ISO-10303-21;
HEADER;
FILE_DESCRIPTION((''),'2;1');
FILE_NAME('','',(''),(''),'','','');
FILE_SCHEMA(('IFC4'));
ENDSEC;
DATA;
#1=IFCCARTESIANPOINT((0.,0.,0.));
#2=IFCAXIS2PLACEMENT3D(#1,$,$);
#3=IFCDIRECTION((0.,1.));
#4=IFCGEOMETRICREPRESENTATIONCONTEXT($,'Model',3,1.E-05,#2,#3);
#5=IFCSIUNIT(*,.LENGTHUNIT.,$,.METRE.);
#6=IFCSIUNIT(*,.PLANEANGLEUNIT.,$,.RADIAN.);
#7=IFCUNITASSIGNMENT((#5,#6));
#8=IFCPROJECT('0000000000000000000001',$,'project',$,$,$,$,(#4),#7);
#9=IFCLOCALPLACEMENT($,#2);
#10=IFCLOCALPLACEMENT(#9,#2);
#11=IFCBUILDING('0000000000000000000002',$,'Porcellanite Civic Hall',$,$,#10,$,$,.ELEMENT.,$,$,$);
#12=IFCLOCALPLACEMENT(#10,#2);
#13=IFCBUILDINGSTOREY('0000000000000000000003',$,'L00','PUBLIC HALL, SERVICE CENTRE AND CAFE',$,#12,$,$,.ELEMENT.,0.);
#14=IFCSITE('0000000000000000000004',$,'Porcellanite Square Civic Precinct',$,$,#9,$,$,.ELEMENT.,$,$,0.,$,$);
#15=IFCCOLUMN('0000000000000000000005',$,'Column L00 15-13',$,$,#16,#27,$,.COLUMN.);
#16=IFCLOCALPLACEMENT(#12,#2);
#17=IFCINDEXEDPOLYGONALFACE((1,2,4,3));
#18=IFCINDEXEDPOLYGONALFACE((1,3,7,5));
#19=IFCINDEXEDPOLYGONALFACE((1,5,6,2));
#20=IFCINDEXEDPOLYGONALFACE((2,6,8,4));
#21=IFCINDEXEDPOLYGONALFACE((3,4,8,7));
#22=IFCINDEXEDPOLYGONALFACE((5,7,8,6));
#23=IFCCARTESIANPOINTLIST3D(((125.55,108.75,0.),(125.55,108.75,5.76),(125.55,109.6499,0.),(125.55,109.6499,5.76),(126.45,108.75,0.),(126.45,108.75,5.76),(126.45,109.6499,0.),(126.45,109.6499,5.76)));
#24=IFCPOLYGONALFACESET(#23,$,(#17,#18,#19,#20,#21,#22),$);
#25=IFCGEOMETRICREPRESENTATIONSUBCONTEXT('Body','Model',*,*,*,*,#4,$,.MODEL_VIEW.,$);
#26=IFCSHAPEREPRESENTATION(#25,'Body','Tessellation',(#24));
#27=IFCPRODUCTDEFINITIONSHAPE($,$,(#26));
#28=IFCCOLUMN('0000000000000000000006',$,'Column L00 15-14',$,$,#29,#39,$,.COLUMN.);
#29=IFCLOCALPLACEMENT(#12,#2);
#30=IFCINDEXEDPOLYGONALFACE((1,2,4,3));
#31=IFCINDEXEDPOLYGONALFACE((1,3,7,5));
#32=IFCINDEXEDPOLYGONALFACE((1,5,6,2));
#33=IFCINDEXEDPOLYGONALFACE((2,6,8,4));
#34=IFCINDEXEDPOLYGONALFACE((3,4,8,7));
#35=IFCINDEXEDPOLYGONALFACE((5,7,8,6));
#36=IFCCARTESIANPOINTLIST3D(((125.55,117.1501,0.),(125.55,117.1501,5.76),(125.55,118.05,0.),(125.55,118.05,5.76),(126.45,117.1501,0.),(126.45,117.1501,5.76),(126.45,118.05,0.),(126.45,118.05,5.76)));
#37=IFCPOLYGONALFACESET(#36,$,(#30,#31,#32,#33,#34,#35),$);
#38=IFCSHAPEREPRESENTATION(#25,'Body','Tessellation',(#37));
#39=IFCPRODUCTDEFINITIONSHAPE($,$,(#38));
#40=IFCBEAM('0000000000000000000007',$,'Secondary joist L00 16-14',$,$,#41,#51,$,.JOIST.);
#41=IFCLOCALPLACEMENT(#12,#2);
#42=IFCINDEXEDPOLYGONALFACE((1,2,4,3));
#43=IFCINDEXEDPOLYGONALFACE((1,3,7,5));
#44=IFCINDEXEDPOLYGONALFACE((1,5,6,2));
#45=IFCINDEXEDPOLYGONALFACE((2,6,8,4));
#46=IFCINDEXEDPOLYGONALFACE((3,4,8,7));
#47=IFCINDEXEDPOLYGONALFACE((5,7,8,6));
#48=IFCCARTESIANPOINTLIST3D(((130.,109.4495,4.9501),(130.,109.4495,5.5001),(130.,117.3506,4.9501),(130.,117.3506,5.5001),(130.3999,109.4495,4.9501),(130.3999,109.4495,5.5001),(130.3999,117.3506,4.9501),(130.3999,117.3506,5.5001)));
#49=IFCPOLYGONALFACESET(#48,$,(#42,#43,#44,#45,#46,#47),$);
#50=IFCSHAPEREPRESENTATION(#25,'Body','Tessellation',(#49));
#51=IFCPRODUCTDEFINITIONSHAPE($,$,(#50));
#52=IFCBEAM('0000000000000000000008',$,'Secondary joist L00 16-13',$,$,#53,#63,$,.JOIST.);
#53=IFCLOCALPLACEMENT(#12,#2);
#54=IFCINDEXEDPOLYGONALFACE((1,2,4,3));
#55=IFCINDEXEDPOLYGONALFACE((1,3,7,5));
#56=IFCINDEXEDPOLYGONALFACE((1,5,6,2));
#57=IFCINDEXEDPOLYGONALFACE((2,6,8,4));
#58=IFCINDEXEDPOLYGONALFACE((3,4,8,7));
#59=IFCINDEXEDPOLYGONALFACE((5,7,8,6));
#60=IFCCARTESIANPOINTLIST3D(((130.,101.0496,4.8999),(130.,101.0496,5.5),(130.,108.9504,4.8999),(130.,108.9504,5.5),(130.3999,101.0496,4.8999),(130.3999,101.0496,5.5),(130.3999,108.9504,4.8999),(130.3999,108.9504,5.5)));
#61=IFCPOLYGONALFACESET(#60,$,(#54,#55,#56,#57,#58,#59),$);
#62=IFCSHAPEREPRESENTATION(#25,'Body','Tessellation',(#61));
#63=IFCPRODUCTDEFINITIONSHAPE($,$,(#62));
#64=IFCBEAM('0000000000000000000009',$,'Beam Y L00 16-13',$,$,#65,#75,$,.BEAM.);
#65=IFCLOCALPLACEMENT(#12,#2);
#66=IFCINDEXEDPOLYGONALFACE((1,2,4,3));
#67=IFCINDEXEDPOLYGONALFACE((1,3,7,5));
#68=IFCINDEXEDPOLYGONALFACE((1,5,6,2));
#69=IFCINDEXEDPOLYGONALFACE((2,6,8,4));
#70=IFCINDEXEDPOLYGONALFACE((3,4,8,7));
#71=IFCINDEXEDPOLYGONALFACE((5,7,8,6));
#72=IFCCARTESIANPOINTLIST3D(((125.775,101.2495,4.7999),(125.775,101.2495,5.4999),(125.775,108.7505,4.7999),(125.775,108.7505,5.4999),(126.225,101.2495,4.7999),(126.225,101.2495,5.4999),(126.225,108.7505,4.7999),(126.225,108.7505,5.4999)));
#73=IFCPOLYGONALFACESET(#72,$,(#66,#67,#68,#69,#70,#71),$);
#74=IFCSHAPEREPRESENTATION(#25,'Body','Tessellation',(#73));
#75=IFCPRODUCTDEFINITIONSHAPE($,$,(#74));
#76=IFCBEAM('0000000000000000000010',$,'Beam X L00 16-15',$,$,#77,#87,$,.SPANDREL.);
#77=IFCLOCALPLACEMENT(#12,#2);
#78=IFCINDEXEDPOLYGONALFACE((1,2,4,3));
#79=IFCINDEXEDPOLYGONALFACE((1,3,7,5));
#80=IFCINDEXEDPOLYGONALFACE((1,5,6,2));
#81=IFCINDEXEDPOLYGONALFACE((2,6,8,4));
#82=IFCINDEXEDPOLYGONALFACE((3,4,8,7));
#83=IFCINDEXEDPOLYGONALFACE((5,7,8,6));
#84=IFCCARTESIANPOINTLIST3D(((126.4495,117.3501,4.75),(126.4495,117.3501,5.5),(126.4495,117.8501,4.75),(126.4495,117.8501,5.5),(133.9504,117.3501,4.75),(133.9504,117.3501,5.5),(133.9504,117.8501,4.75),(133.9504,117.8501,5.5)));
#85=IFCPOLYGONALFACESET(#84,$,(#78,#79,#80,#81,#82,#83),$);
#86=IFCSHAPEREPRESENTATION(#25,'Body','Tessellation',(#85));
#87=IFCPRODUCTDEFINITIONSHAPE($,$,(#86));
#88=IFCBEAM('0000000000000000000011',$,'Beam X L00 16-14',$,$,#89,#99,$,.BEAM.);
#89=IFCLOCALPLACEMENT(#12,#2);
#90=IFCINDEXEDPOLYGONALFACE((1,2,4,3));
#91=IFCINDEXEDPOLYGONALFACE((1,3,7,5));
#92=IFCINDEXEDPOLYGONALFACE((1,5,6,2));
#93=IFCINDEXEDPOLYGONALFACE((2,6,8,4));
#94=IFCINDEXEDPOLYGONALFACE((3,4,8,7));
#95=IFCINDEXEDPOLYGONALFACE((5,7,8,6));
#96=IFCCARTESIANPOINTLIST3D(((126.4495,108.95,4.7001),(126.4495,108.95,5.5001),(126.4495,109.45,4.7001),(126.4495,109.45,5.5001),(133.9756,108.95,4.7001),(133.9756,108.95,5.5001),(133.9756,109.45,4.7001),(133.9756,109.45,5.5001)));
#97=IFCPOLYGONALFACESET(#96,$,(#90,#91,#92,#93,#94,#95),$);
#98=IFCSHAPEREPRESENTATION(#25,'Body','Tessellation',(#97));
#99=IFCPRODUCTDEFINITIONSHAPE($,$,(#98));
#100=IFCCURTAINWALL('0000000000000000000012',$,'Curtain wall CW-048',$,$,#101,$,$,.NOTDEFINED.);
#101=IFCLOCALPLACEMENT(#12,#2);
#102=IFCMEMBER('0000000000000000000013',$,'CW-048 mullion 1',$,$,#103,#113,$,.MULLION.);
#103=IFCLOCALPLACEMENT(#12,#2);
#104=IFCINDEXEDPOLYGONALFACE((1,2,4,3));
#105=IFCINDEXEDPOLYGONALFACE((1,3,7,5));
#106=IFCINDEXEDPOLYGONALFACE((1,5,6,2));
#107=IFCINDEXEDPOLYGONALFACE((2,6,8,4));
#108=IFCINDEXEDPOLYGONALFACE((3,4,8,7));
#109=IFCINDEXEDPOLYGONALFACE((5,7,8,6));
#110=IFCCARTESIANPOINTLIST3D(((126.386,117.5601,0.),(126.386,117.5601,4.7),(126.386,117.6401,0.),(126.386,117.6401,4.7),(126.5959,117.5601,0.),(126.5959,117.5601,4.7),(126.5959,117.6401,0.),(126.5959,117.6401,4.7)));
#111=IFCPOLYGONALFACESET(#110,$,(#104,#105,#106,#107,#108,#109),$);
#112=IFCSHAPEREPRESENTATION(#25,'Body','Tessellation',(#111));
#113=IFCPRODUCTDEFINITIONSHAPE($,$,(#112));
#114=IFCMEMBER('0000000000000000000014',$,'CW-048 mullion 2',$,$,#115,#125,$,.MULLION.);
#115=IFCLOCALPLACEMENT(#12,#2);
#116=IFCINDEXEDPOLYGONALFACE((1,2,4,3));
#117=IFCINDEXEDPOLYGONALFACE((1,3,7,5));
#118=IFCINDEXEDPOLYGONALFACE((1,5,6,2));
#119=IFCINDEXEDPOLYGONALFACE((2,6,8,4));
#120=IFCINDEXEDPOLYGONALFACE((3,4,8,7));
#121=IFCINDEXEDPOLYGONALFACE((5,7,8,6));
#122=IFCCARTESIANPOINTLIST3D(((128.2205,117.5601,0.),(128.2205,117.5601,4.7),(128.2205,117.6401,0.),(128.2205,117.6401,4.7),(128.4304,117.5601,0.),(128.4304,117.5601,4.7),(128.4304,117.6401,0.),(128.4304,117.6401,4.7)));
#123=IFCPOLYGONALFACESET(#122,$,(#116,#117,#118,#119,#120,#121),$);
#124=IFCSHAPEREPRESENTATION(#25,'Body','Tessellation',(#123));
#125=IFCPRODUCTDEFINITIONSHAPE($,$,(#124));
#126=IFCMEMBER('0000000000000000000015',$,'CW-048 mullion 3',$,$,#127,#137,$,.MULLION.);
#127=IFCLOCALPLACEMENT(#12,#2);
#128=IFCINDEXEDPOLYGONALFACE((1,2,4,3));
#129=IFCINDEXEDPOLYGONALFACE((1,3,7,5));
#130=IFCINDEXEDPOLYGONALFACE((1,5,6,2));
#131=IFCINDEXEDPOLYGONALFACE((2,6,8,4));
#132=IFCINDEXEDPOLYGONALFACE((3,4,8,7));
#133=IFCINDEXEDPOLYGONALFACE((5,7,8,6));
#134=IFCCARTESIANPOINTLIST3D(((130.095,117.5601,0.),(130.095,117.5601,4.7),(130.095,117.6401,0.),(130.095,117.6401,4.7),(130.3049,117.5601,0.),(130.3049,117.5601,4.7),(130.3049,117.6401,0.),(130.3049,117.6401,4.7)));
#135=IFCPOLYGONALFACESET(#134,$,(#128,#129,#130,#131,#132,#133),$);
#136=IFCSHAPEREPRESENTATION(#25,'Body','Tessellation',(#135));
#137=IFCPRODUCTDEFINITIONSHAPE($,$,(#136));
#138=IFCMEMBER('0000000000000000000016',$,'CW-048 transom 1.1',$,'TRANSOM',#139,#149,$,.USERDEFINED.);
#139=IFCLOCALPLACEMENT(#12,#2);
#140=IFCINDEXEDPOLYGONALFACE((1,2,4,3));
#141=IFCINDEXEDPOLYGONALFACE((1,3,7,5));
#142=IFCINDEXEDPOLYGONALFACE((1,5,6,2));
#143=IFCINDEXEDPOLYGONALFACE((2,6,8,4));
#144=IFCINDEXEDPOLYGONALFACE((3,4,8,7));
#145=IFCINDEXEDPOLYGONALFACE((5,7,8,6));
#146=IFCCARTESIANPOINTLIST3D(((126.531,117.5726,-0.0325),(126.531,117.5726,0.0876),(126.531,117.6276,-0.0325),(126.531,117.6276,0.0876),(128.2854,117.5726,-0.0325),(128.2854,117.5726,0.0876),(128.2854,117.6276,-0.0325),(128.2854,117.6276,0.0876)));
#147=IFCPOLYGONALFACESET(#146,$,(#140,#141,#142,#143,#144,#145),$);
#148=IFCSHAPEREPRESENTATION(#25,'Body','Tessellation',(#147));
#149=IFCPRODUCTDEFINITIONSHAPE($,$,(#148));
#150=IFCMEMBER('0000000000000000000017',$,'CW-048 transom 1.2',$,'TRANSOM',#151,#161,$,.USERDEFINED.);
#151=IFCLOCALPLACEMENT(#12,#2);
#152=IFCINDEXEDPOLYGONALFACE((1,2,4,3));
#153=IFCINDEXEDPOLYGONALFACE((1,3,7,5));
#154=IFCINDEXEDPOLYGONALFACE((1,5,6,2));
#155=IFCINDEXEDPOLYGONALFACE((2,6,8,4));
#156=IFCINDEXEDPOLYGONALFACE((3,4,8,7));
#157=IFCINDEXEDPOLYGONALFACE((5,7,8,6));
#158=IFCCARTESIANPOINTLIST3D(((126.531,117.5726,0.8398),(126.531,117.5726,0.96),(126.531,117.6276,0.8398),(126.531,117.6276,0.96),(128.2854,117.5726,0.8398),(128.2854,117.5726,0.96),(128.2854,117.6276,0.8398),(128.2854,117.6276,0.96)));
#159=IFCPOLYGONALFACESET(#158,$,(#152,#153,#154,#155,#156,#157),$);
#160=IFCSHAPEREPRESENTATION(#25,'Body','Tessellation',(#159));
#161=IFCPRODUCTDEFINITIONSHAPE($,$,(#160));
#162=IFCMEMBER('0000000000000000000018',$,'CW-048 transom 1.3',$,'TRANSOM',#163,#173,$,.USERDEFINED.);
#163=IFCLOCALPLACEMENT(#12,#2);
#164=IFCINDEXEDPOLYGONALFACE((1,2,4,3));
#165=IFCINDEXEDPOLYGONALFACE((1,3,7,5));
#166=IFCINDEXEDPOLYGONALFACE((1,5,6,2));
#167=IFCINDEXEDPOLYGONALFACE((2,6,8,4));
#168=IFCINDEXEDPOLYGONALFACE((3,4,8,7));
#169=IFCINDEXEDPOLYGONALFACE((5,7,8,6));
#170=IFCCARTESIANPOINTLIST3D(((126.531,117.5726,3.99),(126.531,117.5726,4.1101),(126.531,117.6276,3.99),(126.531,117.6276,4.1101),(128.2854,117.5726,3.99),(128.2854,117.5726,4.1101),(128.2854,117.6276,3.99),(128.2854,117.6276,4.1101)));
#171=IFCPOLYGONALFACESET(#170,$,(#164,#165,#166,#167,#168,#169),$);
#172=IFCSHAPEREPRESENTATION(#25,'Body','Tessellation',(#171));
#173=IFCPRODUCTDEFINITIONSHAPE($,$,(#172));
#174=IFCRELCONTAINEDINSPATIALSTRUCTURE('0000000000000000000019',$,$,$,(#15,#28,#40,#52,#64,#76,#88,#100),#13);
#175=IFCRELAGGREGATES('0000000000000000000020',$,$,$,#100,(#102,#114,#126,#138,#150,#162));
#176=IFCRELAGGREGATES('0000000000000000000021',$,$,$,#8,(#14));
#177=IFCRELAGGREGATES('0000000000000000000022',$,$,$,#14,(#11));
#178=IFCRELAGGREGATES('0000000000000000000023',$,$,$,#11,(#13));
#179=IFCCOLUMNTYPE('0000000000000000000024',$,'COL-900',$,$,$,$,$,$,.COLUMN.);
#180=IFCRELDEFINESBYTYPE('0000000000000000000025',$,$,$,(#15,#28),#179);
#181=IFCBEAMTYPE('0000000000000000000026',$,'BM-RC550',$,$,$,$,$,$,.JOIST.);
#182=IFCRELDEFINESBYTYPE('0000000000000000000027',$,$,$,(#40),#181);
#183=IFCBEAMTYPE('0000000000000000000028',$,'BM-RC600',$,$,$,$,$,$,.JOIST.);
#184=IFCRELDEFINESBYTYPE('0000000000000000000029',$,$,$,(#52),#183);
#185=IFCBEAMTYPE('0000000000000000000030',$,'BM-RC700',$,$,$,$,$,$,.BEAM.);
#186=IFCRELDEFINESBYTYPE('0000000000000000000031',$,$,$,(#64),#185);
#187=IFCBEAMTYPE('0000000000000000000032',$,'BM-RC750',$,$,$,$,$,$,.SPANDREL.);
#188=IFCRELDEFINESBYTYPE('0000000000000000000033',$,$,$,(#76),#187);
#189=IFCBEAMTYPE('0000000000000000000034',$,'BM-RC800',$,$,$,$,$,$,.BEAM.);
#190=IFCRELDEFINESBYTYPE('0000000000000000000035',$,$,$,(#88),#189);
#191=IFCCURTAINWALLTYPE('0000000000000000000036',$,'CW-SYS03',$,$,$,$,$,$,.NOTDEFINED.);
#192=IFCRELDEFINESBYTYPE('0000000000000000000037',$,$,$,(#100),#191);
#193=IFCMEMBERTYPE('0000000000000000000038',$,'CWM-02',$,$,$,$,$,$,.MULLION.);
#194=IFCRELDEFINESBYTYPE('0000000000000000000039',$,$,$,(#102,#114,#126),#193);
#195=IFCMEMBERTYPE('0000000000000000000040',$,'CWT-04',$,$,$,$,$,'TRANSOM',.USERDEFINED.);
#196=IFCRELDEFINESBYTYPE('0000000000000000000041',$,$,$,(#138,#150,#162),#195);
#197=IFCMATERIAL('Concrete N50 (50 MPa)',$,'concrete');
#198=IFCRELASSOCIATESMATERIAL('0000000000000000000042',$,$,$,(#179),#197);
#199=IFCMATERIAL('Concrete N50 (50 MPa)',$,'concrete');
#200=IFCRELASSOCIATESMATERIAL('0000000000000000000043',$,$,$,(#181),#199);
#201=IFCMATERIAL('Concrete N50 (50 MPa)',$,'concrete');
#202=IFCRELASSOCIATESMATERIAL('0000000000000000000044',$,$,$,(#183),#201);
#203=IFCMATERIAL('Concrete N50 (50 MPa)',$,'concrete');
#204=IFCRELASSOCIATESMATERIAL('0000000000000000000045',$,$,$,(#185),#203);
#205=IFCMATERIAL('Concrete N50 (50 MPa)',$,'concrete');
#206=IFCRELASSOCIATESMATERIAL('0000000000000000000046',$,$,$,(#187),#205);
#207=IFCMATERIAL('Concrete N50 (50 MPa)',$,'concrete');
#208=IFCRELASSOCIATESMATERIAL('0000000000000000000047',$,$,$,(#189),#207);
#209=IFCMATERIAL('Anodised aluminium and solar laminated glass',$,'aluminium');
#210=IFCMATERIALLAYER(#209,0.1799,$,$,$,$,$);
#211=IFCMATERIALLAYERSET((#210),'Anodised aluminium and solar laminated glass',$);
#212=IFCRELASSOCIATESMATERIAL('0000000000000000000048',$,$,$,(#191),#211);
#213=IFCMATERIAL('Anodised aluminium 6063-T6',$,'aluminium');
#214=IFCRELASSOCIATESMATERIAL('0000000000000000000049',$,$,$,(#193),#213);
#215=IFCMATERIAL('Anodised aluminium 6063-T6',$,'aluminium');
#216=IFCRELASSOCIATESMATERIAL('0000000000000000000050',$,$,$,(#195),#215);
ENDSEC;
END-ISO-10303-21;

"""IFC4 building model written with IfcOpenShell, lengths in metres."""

from ifc_helpers import new_model, si_unit, direction, frame, origin, origin_2d, place, context, subcontext, project, spatial, rectangle, extrude, material, layer, layer_set, material_profile, profile_set, type_object, element, aggregate, save


model = new_model("IFC4")

# Units and contexts
model_context = context("Model", 3, precision=1e-05, world=origin(), true_north=direction((0.0, 1.0)))
body_context = subcontext(model_context, "Body", "Model", "MODEL_VIEW")
ifc_project = project(units=[si_unit("LENGTHUNIT", "METRE"), si_unit("PLANEANGLEUNIT", "RADIAN")], contexts=[model_context])

# Site, building, storey
site_placement = place(None, origin())
site = spatial("IfcSite", under=ifc_project, at=site_placement, Name="Porcellanite Square Civic Precinct", CompositionType="ELEMENT", RefElevation=0.0)
building_placement = place(site_placement, origin())
building = spatial("IfcBuilding", under=site, at=building_placement, Name="Porcellanite Civic Hall", CompositionType="ELEMENT")
storey_placement = place(building_placement, origin())
storey = spatial("IfcBuildingStorey", under=building, at=storey_placement, Name="L00", Description="PUBLIC HALL, SERVICE CENTRE AND CAFE", CompositionType="ELEMENT", Elevation=0.0)

# Columns
ifc_material_1 = material(Name="Concrete N50 (50 MPa)", Category="concrete")
ifc_material_profile_1 = material_profile(ifc_material_1, rectangle(XDim=0.8999, YDim=0.8999, at=origin_2d()), Name="RC-900x900")
ifc_profile_set_1 = profile_set([ifc_material_profile_1], Name="Concrete N50 (50 MPa)")
column_type = type_object("IfcColumnType", Name="COL-900", PredefinedType="COLUMN", material=ifc_profile_set_1)
for number, where, z_axis, x_axis, name in (
    (1, (126.0, 109.2, 0.0), (0.0, 0.0, 1.0), (1.0, 0.0, 0.0), "Column L00 15-13"),
    (2, (126.0, 117.6001, 0.0), (0.0, 0.0, 1.0), (1.0, 0.0, 0.0), "Column L00 15-14"),
):
    element("IfcColumn", number, at=place(storey_placement, frame(where, z_axis=z_axis, x_axis=x_axis)), inside=storey, type_object=column_type, Name=name, PredefinedType="COLUMN", context=body_context, shape_type="SweptSolid", body=[
        extrude(rectangle(XDim=0.8999, YDim=0.8999, at=origin_2d()), origin(), (0.0, 0.0, 1.0), 5.76),
    ])

# Beams
ifc_material_2 = material(Name="Concrete N50 (50 MPa)", Category="concrete")
ifc_material_profile_2 = material_profile(ifc_material_2, rectangle(XDim=0.3999, YDim=0.55, at=origin_2d()), Name="RC-400x550")
ifc_profile_set_2 = profile_set([ifc_material_profile_2], Name="Concrete N50 (50 MPa)")
beam_type_1 = type_object("IfcBeamType", Name="BM-RC550", PredefinedType="JOIST", material=ifc_profile_set_2)
beam_1_placement = place(storey_placement, frame((130.2, 109.4495, 5.2251), z_axis=(0.0, 1.0, 0.0), x_axis=(-1.0, 0.0, 0.0)))
element("IfcBeam", 3, at=beam_1_placement, inside=storey, type_object=beam_type_1, Name="Secondary joist L00 16-14", PredefinedType="JOIST", context=body_context, shape_type="SweptSolid", body=[
    extrude(rectangle(XDim=0.3999, YDim=0.55, at=origin_2d()), origin(), (0.0, 0.0, 1.0), 7.9011),
])
ifc_material_3 = material(Name="Concrete N50 (50 MPa)", Category="concrete")
ifc_material_profile_3 = material_profile(ifc_material_3, rectangle(XDim=0.3999, YDim=0.6001, at=origin_2d()), Name="RC-400x600")
ifc_profile_set_3 = profile_set([ifc_material_profile_3], Name="Concrete N50 (50 MPa)")
beam_type_2 = type_object("IfcBeamType", Name="BM-RC600", PredefinedType="JOIST", material=ifc_profile_set_3)
beam_2_placement = place(storey_placement, frame((130.2, 101.0496, 5.2), z_axis=(0.0, 1.0, 0.0), x_axis=(-1.0, 0.0, 0.0)))
element("IfcBeam", 4, at=beam_2_placement, inside=storey, type_object=beam_type_2, Name="Secondary joist L00 16-13", PredefinedType="JOIST", context=body_context, shape_type="SweptSolid", body=[
    extrude(rectangle(XDim=0.3999, YDim=0.6001, at=origin_2d()), origin(), (0.0, 0.0, 1.0), 7.9009),
])
ifc_material_4 = material(Name="Concrete N50 (50 MPa)", Category="concrete")
ifc_material_profile_4 = material_profile(ifc_material_4, rectangle(XDim=0.45, YDim=0.7, at=origin_2d()), Name="RC-450x700")
ifc_profile_set_4 = profile_set([ifc_material_profile_4], Name="Concrete N50 (50 MPa)")
beam_type_3 = type_object("IfcBeamType", Name="BM-RC700", PredefinedType="BEAM", material=ifc_profile_set_4)
beam_3_placement = place(storey_placement, frame((126.0, 101.2495, 5.1499), z_axis=(0.0, 1.0, 0.0), x_axis=(-1.0, 0.0, 0.0)))
element("IfcBeam", 5, at=beam_3_placement, inside=storey, type_object=beam_type_3, Name="Beam Y L00 16-13", PredefinedType="BEAM", context=body_context, shape_type="SweptSolid", body=[
    extrude(rectangle(XDim=0.45, YDim=0.7, at=origin_2d()), origin(), (0.0, 0.0, 1.0), 7.501),
])
ifc_material_5 = material(Name="Concrete N50 (50 MPa)", Category="concrete")
ifc_material_profile_5 = material_profile(ifc_material_5, rectangle(XDim=0.5, YDim=0.75, at=origin_2d()), Name="RC-500x750")
ifc_profile_set_5 = profile_set([ifc_material_profile_5], Name="Concrete N50 (50 MPa)")
beam_type_4 = type_object("IfcBeamType", Name="BM-RC750", PredefinedType="SPANDREL", material=ifc_profile_set_5)
beam_4_placement = place(storey_placement, frame((126.4495, 117.6001, 5.125), z_axis=(1.0, 0.0, 0.0), x_axis=(0.0, 1.0, 0.0)))
element("IfcBeam", 6, at=beam_4_placement, inside=storey, type_object=beam_type_4, Name="Beam X L00 16-15", PredefinedType="SPANDREL", context=body_context, shape_type="SweptSolid", body=[
    extrude(rectangle(XDim=0.5, YDim=0.75, at=origin_2d()), origin(), (0.0, 0.0, 1.0), 7.501),
])
ifc_material_6 = material(Name="Concrete N50 (50 MPa)", Category="concrete")
ifc_material_profile_6 = material_profile(ifc_material_6, rectangle(XDim=0.5, YDim=0.8, at=origin_2d()), Name="RC-500x800")
ifc_profile_set_6 = profile_set([ifc_material_profile_6], Name="Concrete N50 (50 MPa)")
beam_type_5 = type_object("IfcBeamType", Name="BM-RC800", PredefinedType="BEAM", material=ifc_profile_set_6)
beam_5_placement = place(storey_placement, frame((126.4495, 109.2, 5.1001), z_axis=(1.0, 0.0, 0.0), x_axis=(0.0, 1.0, 0.0)))
element("IfcBeam", 7, at=beam_5_placement, inside=storey, type_object=beam_type_5, Name="Beam X L00 16-14", PredefinedType="BEAM", context=body_context, shape_type="SweptSolid", body=[
    extrude(rectangle(XDim=0.5, YDim=0.8, at=origin_2d()), origin(), (0.0, 0.0, 1.0), 7.5261),
])

# Curtain wall, members
ifc_material_7 = material(Name="Anodised aluminium and solar laminated glass", Category="aluminium")
ifc_layer_1 = layer(ifc_material_7, 0.1799)
ifc_layer_set_1 = layer_set([ifc_layer_1], Name="Anodised aluminium and solar laminated glass")
curtain_wall_type = type_object("IfcCurtainWallType", Name="CW-SYS03", PredefinedType="NOTDEFINED", material=ifc_layer_set_1)
curtain_wall_placement = place(storey_placement, origin())
curtain_wall = element("IfcCurtainWall", 8, at=curtain_wall_placement, inside=storey, type_object=curtain_wall_type, Name="Curtain wall CW-048", PredefinedType="NOTDEFINED")
ifc_material_8 = material(Name="Anodised aluminium 6063-T6", Category="aluminium")
ifc_material_profile_7 = material_profile(ifc_material_8, rectangle(XDim=0.0801, YDim=0.21, at=origin_2d()), Name="AL-80x210")
ifc_profile_set_7 = profile_set([ifc_material_profile_7], Name="Anodised aluminium 6063-T6")
member_type_1 = type_object("IfcMemberType", Name="CWM-02", PredefinedType="MULLION", material=ifc_profile_set_7)
member_1_placement = place(storey_placement, frame((126.491, 117.6001, 0.0), z_axis=(0.0, 0.0, 1.0), x_axis=(0.0, 1.0, 0.0)))
member_1 = element("IfcMember", 9, at=member_1_placement, type_object=member_type_1, Name="CW-048 mullion 1", PredefinedType="MULLION", context=body_context, shape_type="SweptSolid", body=[
    extrude(rectangle(XDim=0.0801, YDim=0.21, at=origin_2d()), origin(), (0.0, 0.0, 1.0), 4.7),
])
member_2_placement = place(storey_placement, frame((128.3254, 117.6001, 0.0), z_axis=(0.0, 0.0, 1.0), x_axis=(0.0, 1.0, 0.0)))
member_2 = element("IfcMember", 10, at=member_2_placement, type_object=member_type_1, Name="CW-048 mullion 2", PredefinedType="MULLION", context=body_context, shape_type="SweptSolid", body=[
    extrude(rectangle(XDim=0.0801, YDim=0.21, at=origin_2d()), origin(), (0.0, 0.0, 1.0), 4.7),
])
member_3_placement = place(storey_placement, frame((130.2, 117.6001, 0.0), z_axis=(0.0, 0.0, 1.0), x_axis=(0.0, 1.0, 0.0)))
member_3 = element("IfcMember", 11, at=member_3_placement, type_object=member_type_1, Name="CW-048 mullion 3", PredefinedType="MULLION", context=body_context, shape_type="SweptSolid", body=[
    extrude(rectangle(XDim=0.0801, YDim=0.21, at=origin_2d()), origin(), (0.0, 0.0, 1.0), 4.7),
])
ifc_material_9 = material(Name="Anodised aluminium 6063-T6", Category="aluminium")
ifc_material_profile_8 = material_profile(ifc_material_9, rectangle(XDim=0.0549, YDim=0.1201, at=origin_2d()), Name="AL-55x120")
ifc_profile_set_8 = profile_set([ifc_material_profile_8], Name="Anodised aluminium 6063-T6")
member_type_2 = type_object("IfcMemberType", Name="CWT-04", ElementType="TRANSOM", PredefinedType="USERDEFINED", material=ifc_profile_set_8)
member_4_placement = place(storey_placement, frame((126.531, 117.6001, 0.0276), z_axis=(1.0, 0.0, 0.0), x_axis=(0.0, 1.0, 0.0)))
member_4 = element("IfcMember", 12, at=member_4_placement, type_object=member_type_2, Name="CW-048 transom 1.1", ObjectType="TRANSOM", PredefinedType="USERDEFINED", context=body_context, shape_type="SweptSolid", body=[
    extrude(rectangle(XDim=0.0549, YDim=0.1201, at=origin_2d()), origin(), (0.0, 0.0, 1.0), 1.7544),
])
member_5_placement = place(storey_placement, frame((126.531, 117.6001, 0.8999), z_axis=(1.0, 0.0, 0.0), x_axis=(0.0, 1.0, 0.0)))
member_5 = element("IfcMember", 13, at=member_5_placement, type_object=member_type_2, Name="CW-048 transom 1.2", ObjectType="TRANSOM", PredefinedType="USERDEFINED", context=body_context, shape_type="SweptSolid", body=[
    extrude(rectangle(XDim=0.0549, YDim=0.1201, at=origin_2d()), origin(), (0.0, 0.0, 1.0), 1.7544),
])
member_6_placement = place(storey_placement, frame((126.531, 117.6001, 4.05), z_axis=(1.0, 0.0, 0.0), x_axis=(0.0, 1.0, 0.0)))
member_6 = element("IfcMember", 14, at=member_6_placement, type_object=member_type_2, Name="CW-048 transom 1.3", ObjectType="TRANSOM", PredefinedType="USERDEFINED", context=body_context, shape_type="SweptSolid", body=[
    extrude(rectangle(XDim=0.0549, YDim=0.1201, at=origin_2d()), origin(), (0.0, 0.0, 1.0), 1.7544),
])

aggregate(curtain_wall, [member_1, member_2, member_3, member_4, member_5, member_6])

save(model, "model.ifc")
